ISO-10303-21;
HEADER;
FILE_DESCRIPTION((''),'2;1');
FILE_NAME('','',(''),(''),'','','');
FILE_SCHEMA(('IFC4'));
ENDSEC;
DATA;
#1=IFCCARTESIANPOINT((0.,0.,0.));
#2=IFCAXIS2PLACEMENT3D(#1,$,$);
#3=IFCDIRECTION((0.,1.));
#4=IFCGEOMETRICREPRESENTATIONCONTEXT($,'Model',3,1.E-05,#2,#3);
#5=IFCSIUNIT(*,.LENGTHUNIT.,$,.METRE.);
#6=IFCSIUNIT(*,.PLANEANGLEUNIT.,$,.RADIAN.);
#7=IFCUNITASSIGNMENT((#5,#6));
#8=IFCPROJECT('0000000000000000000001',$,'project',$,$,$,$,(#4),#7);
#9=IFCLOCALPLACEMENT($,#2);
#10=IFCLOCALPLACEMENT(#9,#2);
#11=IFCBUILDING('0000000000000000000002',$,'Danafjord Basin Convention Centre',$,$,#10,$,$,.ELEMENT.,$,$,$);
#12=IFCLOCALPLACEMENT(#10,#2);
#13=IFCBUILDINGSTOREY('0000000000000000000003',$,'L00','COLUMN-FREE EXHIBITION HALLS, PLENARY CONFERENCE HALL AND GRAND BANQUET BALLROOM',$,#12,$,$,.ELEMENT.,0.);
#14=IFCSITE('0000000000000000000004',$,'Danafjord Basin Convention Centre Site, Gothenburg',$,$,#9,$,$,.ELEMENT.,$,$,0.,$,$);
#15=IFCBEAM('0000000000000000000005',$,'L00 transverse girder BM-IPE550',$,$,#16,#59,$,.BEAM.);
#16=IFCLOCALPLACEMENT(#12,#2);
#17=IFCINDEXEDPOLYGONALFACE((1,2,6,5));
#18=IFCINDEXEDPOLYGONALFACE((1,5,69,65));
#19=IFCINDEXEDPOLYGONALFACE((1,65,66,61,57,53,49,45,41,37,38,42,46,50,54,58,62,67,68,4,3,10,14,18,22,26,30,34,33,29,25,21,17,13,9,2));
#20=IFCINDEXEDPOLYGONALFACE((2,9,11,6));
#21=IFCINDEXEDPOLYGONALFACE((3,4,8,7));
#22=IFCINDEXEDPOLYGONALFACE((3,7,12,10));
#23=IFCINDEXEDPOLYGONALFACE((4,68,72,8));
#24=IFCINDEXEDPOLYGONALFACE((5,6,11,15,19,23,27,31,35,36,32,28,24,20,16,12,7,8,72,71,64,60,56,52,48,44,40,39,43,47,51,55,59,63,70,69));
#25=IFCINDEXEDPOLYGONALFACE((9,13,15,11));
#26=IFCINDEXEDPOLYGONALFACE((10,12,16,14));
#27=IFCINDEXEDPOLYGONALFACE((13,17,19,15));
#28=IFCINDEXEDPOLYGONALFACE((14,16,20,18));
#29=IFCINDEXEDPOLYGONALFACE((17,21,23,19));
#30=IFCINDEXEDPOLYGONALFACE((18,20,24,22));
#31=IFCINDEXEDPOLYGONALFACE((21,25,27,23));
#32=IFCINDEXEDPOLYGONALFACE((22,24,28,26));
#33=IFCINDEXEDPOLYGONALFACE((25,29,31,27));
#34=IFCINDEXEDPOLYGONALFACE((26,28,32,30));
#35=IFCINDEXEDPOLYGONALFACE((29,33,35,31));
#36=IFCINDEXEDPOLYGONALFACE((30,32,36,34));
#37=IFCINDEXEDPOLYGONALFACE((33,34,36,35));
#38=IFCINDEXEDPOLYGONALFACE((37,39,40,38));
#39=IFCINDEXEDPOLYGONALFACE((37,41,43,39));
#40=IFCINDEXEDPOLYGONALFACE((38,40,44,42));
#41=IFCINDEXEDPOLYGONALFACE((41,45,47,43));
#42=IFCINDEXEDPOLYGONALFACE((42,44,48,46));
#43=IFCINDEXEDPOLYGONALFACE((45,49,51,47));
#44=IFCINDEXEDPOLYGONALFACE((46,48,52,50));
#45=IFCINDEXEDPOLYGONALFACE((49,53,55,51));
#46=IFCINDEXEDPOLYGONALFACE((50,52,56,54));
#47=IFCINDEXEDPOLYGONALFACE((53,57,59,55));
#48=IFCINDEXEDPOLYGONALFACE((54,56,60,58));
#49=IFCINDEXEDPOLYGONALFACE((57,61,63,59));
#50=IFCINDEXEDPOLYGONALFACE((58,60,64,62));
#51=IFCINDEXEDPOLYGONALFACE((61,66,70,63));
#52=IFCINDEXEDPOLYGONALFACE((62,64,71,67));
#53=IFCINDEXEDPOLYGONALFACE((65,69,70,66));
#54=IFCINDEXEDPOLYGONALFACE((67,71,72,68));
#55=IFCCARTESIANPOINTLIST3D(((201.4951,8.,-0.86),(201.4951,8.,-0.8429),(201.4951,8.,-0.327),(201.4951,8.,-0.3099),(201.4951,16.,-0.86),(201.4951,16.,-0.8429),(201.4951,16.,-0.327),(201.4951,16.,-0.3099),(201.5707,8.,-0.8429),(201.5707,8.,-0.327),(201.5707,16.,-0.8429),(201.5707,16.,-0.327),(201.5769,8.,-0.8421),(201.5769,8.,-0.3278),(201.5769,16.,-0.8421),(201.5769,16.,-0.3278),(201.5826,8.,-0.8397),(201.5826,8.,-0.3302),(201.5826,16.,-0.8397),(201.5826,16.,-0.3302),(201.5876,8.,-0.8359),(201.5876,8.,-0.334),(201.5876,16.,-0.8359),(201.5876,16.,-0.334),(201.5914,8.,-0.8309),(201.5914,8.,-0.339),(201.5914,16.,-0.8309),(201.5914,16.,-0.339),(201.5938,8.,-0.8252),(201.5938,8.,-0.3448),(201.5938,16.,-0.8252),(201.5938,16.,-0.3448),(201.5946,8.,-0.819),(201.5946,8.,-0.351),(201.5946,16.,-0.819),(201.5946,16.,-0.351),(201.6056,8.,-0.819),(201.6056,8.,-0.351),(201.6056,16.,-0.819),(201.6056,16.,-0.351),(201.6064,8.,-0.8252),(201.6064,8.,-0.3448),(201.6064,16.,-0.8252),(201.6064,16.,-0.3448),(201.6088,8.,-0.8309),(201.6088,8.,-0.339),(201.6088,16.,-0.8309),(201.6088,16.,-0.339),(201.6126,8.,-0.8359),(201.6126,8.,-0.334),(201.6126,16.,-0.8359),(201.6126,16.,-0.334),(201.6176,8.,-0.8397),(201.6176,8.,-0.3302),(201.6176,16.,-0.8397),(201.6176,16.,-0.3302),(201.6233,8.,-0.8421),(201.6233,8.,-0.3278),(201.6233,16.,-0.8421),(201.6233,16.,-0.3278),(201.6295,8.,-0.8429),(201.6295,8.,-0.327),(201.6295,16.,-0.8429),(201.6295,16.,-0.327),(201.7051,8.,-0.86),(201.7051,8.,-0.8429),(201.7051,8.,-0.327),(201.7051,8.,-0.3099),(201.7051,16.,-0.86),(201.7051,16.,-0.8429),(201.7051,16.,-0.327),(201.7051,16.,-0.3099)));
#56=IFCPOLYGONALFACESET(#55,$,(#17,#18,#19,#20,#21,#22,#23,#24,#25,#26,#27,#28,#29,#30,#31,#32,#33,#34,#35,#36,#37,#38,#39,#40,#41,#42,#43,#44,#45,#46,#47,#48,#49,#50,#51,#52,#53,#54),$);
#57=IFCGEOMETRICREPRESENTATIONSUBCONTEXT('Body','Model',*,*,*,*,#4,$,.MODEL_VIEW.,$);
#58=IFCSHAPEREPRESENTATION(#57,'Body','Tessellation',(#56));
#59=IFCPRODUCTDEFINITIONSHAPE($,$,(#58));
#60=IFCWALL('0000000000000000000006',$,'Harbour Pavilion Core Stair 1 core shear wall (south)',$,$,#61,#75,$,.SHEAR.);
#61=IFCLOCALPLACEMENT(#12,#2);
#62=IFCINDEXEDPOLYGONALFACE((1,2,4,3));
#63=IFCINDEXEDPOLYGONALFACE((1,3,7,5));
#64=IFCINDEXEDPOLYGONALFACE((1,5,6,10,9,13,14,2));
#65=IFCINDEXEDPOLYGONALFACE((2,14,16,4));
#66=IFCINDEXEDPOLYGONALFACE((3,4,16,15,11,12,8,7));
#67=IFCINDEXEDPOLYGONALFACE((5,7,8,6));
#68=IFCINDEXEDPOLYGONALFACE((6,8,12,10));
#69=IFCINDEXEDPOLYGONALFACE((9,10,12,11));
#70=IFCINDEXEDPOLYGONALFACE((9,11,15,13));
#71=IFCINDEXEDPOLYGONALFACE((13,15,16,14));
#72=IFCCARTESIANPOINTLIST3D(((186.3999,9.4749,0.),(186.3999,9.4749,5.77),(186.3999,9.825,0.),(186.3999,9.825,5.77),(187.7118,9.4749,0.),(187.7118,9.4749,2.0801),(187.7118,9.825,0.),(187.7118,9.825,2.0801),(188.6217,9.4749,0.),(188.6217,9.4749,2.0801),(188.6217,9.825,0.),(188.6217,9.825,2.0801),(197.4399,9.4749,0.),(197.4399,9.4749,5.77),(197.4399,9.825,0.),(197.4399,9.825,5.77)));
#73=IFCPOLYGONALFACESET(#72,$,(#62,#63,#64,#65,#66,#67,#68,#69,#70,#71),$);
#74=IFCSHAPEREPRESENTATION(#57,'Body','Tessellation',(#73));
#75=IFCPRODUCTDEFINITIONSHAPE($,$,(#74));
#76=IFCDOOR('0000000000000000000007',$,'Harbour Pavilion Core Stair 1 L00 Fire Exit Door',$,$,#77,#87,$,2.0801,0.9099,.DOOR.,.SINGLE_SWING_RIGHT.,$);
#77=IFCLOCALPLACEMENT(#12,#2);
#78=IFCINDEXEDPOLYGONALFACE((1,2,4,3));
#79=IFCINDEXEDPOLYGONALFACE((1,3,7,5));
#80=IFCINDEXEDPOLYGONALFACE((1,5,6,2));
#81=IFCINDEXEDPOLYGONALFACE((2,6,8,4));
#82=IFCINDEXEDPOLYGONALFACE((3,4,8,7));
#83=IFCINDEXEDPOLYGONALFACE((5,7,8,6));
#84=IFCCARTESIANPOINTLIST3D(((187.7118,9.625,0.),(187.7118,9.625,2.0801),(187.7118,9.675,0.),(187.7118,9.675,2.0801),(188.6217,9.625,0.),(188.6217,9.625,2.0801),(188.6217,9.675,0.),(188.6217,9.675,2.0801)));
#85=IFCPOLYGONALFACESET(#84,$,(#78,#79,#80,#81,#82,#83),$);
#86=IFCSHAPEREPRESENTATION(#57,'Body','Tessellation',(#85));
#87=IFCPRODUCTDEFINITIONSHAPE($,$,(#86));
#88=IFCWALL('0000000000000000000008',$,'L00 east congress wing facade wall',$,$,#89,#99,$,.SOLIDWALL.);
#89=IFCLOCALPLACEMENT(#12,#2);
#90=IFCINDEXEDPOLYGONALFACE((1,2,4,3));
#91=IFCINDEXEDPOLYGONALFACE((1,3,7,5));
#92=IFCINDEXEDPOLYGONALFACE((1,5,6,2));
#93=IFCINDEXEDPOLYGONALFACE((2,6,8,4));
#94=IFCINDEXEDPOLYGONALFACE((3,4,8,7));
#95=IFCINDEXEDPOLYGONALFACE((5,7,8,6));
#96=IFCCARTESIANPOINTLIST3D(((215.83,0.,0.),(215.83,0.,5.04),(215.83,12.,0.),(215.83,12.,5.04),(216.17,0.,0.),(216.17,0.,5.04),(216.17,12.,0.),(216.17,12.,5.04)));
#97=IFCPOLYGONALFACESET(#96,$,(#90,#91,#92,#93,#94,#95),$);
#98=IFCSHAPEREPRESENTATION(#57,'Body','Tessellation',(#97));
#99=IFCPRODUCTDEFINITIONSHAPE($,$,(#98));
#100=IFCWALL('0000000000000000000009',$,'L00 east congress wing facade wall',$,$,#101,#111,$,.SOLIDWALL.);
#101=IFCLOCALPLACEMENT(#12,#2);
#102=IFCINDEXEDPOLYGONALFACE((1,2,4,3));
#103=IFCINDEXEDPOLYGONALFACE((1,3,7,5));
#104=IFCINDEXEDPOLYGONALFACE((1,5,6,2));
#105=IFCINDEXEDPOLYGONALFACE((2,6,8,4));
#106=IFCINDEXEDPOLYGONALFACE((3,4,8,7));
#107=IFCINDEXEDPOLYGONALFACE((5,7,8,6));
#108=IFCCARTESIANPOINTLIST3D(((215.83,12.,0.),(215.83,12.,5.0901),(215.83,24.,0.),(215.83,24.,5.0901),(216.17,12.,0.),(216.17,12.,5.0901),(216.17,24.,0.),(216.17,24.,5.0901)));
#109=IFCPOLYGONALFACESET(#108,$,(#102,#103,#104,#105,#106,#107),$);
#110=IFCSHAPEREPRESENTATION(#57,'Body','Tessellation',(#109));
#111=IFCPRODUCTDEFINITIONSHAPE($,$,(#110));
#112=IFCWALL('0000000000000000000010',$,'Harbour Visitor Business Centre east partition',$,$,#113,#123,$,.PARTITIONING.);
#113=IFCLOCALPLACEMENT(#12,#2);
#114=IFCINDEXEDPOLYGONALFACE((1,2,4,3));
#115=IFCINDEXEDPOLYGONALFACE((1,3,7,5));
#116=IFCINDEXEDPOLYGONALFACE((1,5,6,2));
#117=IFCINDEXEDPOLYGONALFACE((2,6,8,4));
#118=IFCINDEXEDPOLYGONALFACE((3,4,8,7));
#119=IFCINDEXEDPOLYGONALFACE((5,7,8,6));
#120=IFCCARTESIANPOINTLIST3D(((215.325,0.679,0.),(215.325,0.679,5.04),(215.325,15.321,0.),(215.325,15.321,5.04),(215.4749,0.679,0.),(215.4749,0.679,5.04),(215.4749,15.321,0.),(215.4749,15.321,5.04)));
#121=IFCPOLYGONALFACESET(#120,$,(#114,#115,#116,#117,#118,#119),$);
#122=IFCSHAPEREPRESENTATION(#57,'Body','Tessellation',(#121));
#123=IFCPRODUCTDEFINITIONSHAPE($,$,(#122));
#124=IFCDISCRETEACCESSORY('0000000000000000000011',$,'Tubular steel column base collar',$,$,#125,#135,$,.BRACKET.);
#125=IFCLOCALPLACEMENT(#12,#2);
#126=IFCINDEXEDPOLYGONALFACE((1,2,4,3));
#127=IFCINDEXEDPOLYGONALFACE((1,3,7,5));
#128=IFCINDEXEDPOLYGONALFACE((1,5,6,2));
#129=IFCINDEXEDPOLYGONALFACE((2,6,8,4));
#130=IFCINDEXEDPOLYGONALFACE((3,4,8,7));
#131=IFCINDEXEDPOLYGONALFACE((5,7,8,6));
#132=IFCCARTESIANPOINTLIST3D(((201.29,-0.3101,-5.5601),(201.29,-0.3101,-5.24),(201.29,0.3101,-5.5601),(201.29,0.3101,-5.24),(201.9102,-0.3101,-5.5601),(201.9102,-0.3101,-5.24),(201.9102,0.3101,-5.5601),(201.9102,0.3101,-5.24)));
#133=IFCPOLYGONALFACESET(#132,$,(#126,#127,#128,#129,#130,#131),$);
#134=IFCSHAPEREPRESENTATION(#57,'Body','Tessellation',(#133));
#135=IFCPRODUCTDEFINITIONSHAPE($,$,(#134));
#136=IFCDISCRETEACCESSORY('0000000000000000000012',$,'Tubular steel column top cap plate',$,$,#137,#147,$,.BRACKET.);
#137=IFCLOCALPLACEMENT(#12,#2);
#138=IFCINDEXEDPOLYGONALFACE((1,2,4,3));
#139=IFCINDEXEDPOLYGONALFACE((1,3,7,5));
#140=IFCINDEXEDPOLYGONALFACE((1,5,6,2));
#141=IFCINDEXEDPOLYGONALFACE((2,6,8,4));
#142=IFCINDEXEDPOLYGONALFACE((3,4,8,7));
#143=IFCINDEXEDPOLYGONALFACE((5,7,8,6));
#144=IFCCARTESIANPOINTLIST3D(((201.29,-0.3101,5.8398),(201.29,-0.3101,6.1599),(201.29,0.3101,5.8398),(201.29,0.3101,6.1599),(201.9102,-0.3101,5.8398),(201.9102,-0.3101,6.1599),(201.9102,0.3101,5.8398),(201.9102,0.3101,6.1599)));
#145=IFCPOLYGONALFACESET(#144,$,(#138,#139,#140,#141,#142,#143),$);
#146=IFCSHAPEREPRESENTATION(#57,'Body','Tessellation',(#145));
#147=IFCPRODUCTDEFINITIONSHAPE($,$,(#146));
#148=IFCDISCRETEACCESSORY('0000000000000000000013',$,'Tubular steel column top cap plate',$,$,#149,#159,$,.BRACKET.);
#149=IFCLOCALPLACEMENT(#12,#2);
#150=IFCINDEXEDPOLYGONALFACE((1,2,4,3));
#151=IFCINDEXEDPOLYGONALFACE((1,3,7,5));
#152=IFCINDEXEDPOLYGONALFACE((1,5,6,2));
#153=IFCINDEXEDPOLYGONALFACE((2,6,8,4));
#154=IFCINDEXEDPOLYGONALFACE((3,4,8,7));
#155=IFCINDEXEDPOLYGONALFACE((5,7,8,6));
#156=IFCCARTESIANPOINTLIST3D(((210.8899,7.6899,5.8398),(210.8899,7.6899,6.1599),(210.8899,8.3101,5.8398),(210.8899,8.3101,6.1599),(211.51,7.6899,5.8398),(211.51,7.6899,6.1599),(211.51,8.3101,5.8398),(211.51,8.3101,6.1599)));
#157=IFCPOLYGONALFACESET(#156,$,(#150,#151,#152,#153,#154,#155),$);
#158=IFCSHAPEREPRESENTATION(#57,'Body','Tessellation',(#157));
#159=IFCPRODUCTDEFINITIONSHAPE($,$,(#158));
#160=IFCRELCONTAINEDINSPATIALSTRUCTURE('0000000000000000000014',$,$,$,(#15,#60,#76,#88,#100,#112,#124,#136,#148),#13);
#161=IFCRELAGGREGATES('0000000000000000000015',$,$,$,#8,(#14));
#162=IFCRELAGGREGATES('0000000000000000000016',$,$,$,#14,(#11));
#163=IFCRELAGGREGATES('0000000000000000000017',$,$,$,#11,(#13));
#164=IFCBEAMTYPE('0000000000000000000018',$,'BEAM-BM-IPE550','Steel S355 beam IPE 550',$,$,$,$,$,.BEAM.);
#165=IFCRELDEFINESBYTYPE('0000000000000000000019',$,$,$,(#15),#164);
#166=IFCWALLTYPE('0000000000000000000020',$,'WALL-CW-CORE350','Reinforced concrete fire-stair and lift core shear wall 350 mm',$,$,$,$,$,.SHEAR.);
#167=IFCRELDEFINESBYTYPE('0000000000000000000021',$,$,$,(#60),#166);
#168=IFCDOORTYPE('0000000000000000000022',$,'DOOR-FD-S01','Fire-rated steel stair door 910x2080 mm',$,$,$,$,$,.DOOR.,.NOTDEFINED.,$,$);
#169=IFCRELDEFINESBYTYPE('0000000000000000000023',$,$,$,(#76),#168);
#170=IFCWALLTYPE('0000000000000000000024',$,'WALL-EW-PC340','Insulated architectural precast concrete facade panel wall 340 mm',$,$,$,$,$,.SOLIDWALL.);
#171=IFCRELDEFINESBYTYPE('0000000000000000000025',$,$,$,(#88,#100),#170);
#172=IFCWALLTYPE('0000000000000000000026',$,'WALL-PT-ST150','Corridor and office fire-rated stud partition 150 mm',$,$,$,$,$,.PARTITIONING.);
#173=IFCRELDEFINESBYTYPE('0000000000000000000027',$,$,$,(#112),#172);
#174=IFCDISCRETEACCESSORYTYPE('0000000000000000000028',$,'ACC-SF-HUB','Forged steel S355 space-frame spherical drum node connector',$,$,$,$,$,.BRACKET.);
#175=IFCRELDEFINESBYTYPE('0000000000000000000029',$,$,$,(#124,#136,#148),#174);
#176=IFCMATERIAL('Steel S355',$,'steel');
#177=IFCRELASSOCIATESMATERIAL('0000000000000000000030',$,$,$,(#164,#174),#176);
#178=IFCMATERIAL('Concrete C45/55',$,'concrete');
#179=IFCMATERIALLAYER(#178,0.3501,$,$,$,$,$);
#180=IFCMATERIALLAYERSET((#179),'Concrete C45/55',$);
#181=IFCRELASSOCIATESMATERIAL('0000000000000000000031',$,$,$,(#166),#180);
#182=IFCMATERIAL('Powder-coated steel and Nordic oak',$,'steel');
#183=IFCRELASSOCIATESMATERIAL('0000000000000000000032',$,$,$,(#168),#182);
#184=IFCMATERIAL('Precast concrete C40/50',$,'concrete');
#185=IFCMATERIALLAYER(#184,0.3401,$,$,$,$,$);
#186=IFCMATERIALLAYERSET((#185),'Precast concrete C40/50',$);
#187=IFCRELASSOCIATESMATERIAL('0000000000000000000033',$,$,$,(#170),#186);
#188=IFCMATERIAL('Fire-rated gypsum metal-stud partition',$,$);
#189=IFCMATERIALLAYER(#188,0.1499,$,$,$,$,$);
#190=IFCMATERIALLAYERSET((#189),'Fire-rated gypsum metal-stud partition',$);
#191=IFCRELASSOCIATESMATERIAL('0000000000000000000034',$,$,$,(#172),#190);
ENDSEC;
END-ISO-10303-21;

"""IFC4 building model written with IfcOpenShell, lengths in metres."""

from ifc_helpers import new_model, si_unit, direction, frame, frame_2d, origin, origin_2d, place, context, subcontext, project, spatial, rectangle, i_section, extrude, material, layer, layer_set, material_profile, profile_set, type_object, element, fill, save


model = new_model("IFC4")

# Units and contexts
model_context = context("Model", 3, precision=1e-05, world=origin(), true_north=direction((0.0, 1.0)))
body_context = subcontext(model_context, "Body", "Model", "MODEL_VIEW")
ifc_project = project(units=[si_unit("LENGTHUNIT", "METRE"), si_unit("PLANEANGLEUNIT", "RADIAN")], contexts=[model_context])

# Site, building, storey
site_placement = place(None, origin())
site = spatial("IfcSite", under=ifc_project, at=site_placement, Name="Danafjord Basin Convention Centre Site, Gothenburg", CompositionType="ELEMENT", RefElevation=0.0)
building_placement = place(site_placement, origin())
building = spatial("IfcBuilding", under=site, at=building_placement, Name="Danafjord Basin Convention Centre", CompositionType="ELEMENT")
storey_placement = place(building_placement, origin())
storey = spatial("IfcBuildingStorey", under=building, at=storey_placement, Name="L00", Description="COLUMN-FREE EXHIBITION HALLS, PLENARY CONFERENCE HALL AND GRAND BANQUET BALLROOM", CompositionType="ELEMENT", Elevation=0.0)

# Shared definitions
ifc_material_1 = material(Name="Steel S355", Category="steel")

# Beam
ifc_material_profile_1 = material_profile(ifc_material_1, i_section(OverallWidth=0.21, OverallDepth=0.55, WebThickness=0.011, FlangeThickness=0.0171, FilletRadius=0.0239, at=origin_2d()), Name="IPE 550")
ifc_profile_set_1 = profile_set([ifc_material_profile_1], Name="Steel S355")
beam_type_1 = type_object("IfcBeamType", Name="BEAM-BM-IPE550", Description="Steel S355 beam IPE 550", PredefinedType="BEAM", material=ifc_profile_set_1)
beam_1_placement = place(storey_placement, frame((201.6001, 8.0, -0.585), z_axis=(0.0, 1.0, 0.0), x_axis=(-1.0, 0.0, 0.0)))
element("IfcBeam", 1, at=beam_1_placement, inside=storey, type_object=beam_type_1, Name="L00 transverse girder BM-IPE550", PredefinedType="BEAM", context=body_context, shape_type="SweptSolid", body=[
    extrude(i_section(OverallWidth=0.21, OverallDepth=0.55, WebThickness=0.011, FlangeThickness=0.0171, FilletRadius=0.0239, at=origin_2d()), origin(), (0.0, 0.0, 1.0), 8.0),
])

# Wall, opening, door
ifc_material_2 = material(Name="Concrete C45/55", Category="concrete")
ifc_layer_1 = layer(ifc_material_2, 0.3501)
ifc_layer_set_1 = layer_set([ifc_layer_1], Name="Concrete C45/55")
wall_type_1 = type_object("IfcWallType", Name="WALL-CW-CORE350", Description="Reinforced concrete fire-stair and lift core shear wall 350 mm", PredefinedType="SHEAR", material=ifc_layer_set_1)
wall_1_placement = place(storey_placement, frame((197.4399, 9.6499, 0.0), z_axis=(0.0, 0.0, 1.0), x_axis=(-1.0, 0.0, 0.0)))
wall_1 = element("IfcWall", 2, at=wall_1_placement, inside=storey, type_object=wall_type_1, Name="Harbour Pavilion Core Stair 1 core shear wall (south)", PredefinedType="SHEAR", context=body_context, shape_type="SweptSolid", body=[
    extrude(rectangle(XDim=11.04, YDim=0.3501, at=frame_2d((5.52, 0.0))), origin(), (0.0, 0.0, 1.0), 5.77),
])
opening_placement = place(wall_1_placement, frame((8.8181, 0.0, 0.0)))
opening = element("IfcOpeningElement", 3, at=opening_placement, cuts=wall_1, PredefinedType="OPENING", context=body_context, shape_type="SweptSolid", body=[
    extrude(rectangle(XDim=0.9099, YDim=2.0801, at=frame_2d((0.4551, 1.04))), frame((0.0, 0.1851, 0.0), z_axis=(0.0, -1.0, 0.0), x_axis=(1.0, 0.0, 0.0)), (0.0, 0.0, 1.0), 0.3701),
])
ifc_material_3 = material(Name="Powder-coated steel and Nordic oak", Category="steel")
door_type = type_object("IfcDoorType", Name="DOOR-FD-S01", Description="Fire-rated steel stair door 910x2080 mm", OperationType="NOTDEFINED", PredefinedType="DOOR", material=ifc_material_3)
door_placement = place(opening_placement, origin())
door = element("IfcDoor", 4, at=door_placement, inside=storey, type_object=door_type, Name="Harbour Pavilion Core Stair 1 L00 Fire Exit Door", OperationType="SINGLE_SWING_RIGHT", OverallHeight=2.0801, OverallWidth=0.9099, PredefinedType="DOOR", context=body_context, shape_type="SweptSolid", body=[
    extrude(rectangle(XDim=0.9099, YDim=2.0801, at=frame_2d((0.4551, 1.04))), frame((0.0, 0.0249, 0.0), z_axis=(0.0, -1.0, 0.0), x_axis=(1.0, 0.0, 0.0)), (0.0, 0.0, 1.0), 0.05),
])
fill(opening, door)

# Walls
ifc_material_4 = material(Name="Precast concrete C40/50", Category="concrete")
ifc_layer_2 = layer(ifc_material_4, 0.3401)
ifc_layer_set_2 = layer_set([ifc_layer_2], Name="Precast concrete C40/50")
wall_type_2 = type_object("IfcWallType", Name="WALL-EW-PC340", Description="Insulated architectural precast concrete facade panel wall 340 mm", PredefinedType="SOLIDWALL", material=ifc_layer_set_2)
wall_2_placement = place(storey_placement, frame((216.0, 0.0, 0.0), z_axis=(0.0, 0.0, 1.0), x_axis=(0.0, 1.0, 0.0)))
element("IfcWall", 5, at=wall_2_placement, inside=storey, type_object=wall_type_2, Name="L00 east congress wing facade wall", PredefinedType="SOLIDWALL", context=body_context, shape_type="SweptSolid", body=[
    extrude(rectangle(XDim=12.0, YDim=0.3401, at=frame_2d((6.0, 0.0))), origin(), (0.0, 0.0, 1.0), 5.04),
])
wall_3_placement = place(storey_placement, frame((216.0, 12.0, 0.0), z_axis=(0.0, 0.0, 1.0), x_axis=(0.0, 1.0, 0.0)))
element("IfcWall", 6, at=wall_3_placement, inside=storey, type_object=wall_type_2, Name="L00 east congress wing facade wall", PredefinedType="SOLIDWALL", context=body_context, shape_type="SweptSolid", body=[
    extrude(rectangle(XDim=12.0, YDim=0.3401, at=frame_2d((6.0, 0.0))), origin(), (0.0, 0.0, 1.0), 5.0901),
])
ifc_material_5 = material(Name="Fire-rated gypsum metal-stud partition")
ifc_layer_3 = layer(ifc_material_5, 0.1499)
ifc_layer_set_3 = layer_set([ifc_layer_3], Name="Fire-rated gypsum metal-stud partition")
wall_type_3 = type_object("IfcWallType", Name="WALL-PT-ST150", Description="Corridor and office fire-rated stud partition 150 mm", PredefinedType="PARTITIONING", material=ifc_layer_set_3)
wall_4_placement = place(storey_placement, frame((215.3999, 0.679, 0.0), z_axis=(0.0, 0.0, 1.0), x_axis=(0.0, 1.0, 0.0)))
element("IfcWall", 7, at=wall_4_placement, inside=storey, type_object=wall_type_3, Name="Harbour Visitor Business Centre east partition", PredefinedType="PARTITIONING", context=body_context, shape_type="SweptSolid", body=[
    extrude(rectangle(XDim=14.6421, YDim=0.1499, at=frame_2d((7.321, 0.0))), origin(), (0.0, 0.0, 1.0), 5.04),
])

# Discrete accessories
discrete_accessory_type = type_object("IfcDiscreteAccessoryType", Name="ACC-SF-HUB", Description="Forged steel S355 space-frame spherical drum node connector", PredefinedType="BRACKET", material=ifc_material_1)
for number, where, z_axis, x_axis, name in (
    (8, (201.6001, 0.0, -5.5601), (0.0, 0.0, 1.0), (1.0, 0.0, 0.0), "Tubular steel column base collar"),
    (9, (201.6001, 0.0, 5.8398), (0.0, 0.0, 1.0), (1.0, 0.0, 0.0), "Tubular steel column top cap plate"),
    (10, (211.2, 8.0, 5.8398), (0.0, 0.0, 1.0), (1.0, 0.0, 0.0), "Tubular steel column top cap plate"),
):
    element("IfcDiscreteAccessory", number, at=place(storey_placement, frame(where, z_axis=z_axis, x_axis=x_axis)), inside=storey, type_object=discrete_accessory_type, Name=name, PredefinedType="BRACKET", context=body_context, shape_type="SweptSolid", body=[
        extrude(rectangle(XDim=0.6201, YDim=0.6201, at=origin_2d()), origin(), (0.0, 0.0, 1.0), 0.3201),
    ])

save(model, "model.ifc")
